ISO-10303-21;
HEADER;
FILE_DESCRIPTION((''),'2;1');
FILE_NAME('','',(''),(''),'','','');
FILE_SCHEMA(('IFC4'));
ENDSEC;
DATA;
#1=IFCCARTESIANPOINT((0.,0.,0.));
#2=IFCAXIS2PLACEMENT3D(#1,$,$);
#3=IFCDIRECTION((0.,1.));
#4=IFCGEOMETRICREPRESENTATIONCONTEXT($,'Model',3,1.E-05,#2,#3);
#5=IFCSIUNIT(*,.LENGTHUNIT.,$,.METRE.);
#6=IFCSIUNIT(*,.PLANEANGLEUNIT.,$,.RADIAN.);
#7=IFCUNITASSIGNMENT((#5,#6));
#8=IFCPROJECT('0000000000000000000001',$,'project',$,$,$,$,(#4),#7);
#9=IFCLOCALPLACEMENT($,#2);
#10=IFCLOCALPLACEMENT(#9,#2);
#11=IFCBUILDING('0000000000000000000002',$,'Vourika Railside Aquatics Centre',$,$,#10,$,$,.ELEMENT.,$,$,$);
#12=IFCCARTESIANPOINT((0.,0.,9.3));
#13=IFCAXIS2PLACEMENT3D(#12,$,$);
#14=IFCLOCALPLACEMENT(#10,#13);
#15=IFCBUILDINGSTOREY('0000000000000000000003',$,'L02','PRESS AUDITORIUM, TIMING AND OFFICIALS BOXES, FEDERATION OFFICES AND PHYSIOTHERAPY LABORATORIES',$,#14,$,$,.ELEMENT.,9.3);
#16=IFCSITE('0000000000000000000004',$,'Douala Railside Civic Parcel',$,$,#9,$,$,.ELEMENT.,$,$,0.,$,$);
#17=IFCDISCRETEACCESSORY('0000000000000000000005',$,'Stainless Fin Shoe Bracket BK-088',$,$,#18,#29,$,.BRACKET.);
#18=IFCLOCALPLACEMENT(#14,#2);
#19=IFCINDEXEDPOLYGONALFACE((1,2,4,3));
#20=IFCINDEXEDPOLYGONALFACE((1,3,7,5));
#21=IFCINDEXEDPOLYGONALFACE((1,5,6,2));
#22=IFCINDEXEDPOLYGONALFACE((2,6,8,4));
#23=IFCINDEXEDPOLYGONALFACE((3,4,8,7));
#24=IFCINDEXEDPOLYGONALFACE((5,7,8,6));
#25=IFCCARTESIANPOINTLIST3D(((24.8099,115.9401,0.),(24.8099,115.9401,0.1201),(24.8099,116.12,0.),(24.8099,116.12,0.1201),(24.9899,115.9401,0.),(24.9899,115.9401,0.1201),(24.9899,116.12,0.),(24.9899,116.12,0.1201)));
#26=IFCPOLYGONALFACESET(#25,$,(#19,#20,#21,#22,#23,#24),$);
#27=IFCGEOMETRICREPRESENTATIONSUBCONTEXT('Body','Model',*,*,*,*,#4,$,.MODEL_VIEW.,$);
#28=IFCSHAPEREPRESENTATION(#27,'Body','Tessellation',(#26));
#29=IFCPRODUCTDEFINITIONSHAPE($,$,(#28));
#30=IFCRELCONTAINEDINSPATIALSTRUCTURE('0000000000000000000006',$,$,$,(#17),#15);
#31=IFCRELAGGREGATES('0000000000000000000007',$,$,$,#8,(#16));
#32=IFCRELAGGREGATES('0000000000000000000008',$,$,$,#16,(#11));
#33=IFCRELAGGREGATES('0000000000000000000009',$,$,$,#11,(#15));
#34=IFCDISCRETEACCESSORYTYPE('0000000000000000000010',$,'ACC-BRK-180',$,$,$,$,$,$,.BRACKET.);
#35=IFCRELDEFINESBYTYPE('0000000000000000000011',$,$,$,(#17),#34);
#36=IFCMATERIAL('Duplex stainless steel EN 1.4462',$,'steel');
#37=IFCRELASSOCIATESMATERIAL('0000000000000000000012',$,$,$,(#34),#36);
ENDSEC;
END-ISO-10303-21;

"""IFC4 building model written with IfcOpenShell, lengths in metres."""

from ifc_helpers import new_model, si_unit, direction, frame, origin, origin_2d, place, context, subcontext, project, spatial, rectangle, extrude, material, type_object, element, save


model = new_model("IFC4")

# Units and contexts
model_context = context("Model", 3, precision=1e-05, world=origin(), true_north=direction((0.0, 1.0)))
body_context = subcontext(model_context, "Body", "Model", "MODEL_VIEW")
ifc_project = project(units=[si_unit("LENGTHUNIT", "METRE"), si_unit("PLANEANGLEUNIT", "RADIAN")], contexts=[model_context])

# Site, building, storey
site_placement = place(None, origin())
site = spatial("IfcSite", under=ifc_project, at=site_placement, Name="Douala Railside Civic Parcel", CompositionType="ELEMENT", RefElevation=0.0)
building_placement = place(site_placement, origin())
building = spatial("IfcBuilding", under=site, at=building_placement, Name="Vourika Railside Aquatics Centre", CompositionType="ELEMENT")
storey_placement = place(building_placement, frame((0.0, 0.0, 9.3)))
storey = spatial("IfcBuildingStorey", under=building, at=storey_placement, Name="L02", Description="PRESS AUDITORIUM, TIMING AND OFFICIALS BOXES, FEDERATION OFFICES AND PHYSIOTHERAPY LABORATORIES", CompositionType="ELEMENT", Elevation=9.3)

# Shared definitions
ifc_material_1 = material(Name="Duplex stainless steel EN 1.4462", Category="steel")

# Discrete accessory
discrete_accessory_type = type_object("IfcDiscreteAccessoryType", Name="ACC-BRK-180", PredefinedType="BRACKET", material=ifc_material_1)
discrete_accessory_placement = place(storey_placement, frame((24.8999, 116.03, 0.0), z_axis=(0.0, 0.0, 1.0), x_axis=(0.0, 1.0, 0.0)))
element("IfcDiscreteAccessory", 1, at=discrete_accessory_placement, inside=storey, type_object=discrete_accessory_type, Name="Stainless Fin Shoe Bracket BK-088", PredefinedType="BRACKET", context=body_context, shape_type="SweptSolid", body=[
    extrude(rectangle(XDim=0.1799, YDim=0.1799, at=origin_2d()), origin(), (0.0, 0.0, 1.0), 0.1201),
])

save(model, "model.ifc")
